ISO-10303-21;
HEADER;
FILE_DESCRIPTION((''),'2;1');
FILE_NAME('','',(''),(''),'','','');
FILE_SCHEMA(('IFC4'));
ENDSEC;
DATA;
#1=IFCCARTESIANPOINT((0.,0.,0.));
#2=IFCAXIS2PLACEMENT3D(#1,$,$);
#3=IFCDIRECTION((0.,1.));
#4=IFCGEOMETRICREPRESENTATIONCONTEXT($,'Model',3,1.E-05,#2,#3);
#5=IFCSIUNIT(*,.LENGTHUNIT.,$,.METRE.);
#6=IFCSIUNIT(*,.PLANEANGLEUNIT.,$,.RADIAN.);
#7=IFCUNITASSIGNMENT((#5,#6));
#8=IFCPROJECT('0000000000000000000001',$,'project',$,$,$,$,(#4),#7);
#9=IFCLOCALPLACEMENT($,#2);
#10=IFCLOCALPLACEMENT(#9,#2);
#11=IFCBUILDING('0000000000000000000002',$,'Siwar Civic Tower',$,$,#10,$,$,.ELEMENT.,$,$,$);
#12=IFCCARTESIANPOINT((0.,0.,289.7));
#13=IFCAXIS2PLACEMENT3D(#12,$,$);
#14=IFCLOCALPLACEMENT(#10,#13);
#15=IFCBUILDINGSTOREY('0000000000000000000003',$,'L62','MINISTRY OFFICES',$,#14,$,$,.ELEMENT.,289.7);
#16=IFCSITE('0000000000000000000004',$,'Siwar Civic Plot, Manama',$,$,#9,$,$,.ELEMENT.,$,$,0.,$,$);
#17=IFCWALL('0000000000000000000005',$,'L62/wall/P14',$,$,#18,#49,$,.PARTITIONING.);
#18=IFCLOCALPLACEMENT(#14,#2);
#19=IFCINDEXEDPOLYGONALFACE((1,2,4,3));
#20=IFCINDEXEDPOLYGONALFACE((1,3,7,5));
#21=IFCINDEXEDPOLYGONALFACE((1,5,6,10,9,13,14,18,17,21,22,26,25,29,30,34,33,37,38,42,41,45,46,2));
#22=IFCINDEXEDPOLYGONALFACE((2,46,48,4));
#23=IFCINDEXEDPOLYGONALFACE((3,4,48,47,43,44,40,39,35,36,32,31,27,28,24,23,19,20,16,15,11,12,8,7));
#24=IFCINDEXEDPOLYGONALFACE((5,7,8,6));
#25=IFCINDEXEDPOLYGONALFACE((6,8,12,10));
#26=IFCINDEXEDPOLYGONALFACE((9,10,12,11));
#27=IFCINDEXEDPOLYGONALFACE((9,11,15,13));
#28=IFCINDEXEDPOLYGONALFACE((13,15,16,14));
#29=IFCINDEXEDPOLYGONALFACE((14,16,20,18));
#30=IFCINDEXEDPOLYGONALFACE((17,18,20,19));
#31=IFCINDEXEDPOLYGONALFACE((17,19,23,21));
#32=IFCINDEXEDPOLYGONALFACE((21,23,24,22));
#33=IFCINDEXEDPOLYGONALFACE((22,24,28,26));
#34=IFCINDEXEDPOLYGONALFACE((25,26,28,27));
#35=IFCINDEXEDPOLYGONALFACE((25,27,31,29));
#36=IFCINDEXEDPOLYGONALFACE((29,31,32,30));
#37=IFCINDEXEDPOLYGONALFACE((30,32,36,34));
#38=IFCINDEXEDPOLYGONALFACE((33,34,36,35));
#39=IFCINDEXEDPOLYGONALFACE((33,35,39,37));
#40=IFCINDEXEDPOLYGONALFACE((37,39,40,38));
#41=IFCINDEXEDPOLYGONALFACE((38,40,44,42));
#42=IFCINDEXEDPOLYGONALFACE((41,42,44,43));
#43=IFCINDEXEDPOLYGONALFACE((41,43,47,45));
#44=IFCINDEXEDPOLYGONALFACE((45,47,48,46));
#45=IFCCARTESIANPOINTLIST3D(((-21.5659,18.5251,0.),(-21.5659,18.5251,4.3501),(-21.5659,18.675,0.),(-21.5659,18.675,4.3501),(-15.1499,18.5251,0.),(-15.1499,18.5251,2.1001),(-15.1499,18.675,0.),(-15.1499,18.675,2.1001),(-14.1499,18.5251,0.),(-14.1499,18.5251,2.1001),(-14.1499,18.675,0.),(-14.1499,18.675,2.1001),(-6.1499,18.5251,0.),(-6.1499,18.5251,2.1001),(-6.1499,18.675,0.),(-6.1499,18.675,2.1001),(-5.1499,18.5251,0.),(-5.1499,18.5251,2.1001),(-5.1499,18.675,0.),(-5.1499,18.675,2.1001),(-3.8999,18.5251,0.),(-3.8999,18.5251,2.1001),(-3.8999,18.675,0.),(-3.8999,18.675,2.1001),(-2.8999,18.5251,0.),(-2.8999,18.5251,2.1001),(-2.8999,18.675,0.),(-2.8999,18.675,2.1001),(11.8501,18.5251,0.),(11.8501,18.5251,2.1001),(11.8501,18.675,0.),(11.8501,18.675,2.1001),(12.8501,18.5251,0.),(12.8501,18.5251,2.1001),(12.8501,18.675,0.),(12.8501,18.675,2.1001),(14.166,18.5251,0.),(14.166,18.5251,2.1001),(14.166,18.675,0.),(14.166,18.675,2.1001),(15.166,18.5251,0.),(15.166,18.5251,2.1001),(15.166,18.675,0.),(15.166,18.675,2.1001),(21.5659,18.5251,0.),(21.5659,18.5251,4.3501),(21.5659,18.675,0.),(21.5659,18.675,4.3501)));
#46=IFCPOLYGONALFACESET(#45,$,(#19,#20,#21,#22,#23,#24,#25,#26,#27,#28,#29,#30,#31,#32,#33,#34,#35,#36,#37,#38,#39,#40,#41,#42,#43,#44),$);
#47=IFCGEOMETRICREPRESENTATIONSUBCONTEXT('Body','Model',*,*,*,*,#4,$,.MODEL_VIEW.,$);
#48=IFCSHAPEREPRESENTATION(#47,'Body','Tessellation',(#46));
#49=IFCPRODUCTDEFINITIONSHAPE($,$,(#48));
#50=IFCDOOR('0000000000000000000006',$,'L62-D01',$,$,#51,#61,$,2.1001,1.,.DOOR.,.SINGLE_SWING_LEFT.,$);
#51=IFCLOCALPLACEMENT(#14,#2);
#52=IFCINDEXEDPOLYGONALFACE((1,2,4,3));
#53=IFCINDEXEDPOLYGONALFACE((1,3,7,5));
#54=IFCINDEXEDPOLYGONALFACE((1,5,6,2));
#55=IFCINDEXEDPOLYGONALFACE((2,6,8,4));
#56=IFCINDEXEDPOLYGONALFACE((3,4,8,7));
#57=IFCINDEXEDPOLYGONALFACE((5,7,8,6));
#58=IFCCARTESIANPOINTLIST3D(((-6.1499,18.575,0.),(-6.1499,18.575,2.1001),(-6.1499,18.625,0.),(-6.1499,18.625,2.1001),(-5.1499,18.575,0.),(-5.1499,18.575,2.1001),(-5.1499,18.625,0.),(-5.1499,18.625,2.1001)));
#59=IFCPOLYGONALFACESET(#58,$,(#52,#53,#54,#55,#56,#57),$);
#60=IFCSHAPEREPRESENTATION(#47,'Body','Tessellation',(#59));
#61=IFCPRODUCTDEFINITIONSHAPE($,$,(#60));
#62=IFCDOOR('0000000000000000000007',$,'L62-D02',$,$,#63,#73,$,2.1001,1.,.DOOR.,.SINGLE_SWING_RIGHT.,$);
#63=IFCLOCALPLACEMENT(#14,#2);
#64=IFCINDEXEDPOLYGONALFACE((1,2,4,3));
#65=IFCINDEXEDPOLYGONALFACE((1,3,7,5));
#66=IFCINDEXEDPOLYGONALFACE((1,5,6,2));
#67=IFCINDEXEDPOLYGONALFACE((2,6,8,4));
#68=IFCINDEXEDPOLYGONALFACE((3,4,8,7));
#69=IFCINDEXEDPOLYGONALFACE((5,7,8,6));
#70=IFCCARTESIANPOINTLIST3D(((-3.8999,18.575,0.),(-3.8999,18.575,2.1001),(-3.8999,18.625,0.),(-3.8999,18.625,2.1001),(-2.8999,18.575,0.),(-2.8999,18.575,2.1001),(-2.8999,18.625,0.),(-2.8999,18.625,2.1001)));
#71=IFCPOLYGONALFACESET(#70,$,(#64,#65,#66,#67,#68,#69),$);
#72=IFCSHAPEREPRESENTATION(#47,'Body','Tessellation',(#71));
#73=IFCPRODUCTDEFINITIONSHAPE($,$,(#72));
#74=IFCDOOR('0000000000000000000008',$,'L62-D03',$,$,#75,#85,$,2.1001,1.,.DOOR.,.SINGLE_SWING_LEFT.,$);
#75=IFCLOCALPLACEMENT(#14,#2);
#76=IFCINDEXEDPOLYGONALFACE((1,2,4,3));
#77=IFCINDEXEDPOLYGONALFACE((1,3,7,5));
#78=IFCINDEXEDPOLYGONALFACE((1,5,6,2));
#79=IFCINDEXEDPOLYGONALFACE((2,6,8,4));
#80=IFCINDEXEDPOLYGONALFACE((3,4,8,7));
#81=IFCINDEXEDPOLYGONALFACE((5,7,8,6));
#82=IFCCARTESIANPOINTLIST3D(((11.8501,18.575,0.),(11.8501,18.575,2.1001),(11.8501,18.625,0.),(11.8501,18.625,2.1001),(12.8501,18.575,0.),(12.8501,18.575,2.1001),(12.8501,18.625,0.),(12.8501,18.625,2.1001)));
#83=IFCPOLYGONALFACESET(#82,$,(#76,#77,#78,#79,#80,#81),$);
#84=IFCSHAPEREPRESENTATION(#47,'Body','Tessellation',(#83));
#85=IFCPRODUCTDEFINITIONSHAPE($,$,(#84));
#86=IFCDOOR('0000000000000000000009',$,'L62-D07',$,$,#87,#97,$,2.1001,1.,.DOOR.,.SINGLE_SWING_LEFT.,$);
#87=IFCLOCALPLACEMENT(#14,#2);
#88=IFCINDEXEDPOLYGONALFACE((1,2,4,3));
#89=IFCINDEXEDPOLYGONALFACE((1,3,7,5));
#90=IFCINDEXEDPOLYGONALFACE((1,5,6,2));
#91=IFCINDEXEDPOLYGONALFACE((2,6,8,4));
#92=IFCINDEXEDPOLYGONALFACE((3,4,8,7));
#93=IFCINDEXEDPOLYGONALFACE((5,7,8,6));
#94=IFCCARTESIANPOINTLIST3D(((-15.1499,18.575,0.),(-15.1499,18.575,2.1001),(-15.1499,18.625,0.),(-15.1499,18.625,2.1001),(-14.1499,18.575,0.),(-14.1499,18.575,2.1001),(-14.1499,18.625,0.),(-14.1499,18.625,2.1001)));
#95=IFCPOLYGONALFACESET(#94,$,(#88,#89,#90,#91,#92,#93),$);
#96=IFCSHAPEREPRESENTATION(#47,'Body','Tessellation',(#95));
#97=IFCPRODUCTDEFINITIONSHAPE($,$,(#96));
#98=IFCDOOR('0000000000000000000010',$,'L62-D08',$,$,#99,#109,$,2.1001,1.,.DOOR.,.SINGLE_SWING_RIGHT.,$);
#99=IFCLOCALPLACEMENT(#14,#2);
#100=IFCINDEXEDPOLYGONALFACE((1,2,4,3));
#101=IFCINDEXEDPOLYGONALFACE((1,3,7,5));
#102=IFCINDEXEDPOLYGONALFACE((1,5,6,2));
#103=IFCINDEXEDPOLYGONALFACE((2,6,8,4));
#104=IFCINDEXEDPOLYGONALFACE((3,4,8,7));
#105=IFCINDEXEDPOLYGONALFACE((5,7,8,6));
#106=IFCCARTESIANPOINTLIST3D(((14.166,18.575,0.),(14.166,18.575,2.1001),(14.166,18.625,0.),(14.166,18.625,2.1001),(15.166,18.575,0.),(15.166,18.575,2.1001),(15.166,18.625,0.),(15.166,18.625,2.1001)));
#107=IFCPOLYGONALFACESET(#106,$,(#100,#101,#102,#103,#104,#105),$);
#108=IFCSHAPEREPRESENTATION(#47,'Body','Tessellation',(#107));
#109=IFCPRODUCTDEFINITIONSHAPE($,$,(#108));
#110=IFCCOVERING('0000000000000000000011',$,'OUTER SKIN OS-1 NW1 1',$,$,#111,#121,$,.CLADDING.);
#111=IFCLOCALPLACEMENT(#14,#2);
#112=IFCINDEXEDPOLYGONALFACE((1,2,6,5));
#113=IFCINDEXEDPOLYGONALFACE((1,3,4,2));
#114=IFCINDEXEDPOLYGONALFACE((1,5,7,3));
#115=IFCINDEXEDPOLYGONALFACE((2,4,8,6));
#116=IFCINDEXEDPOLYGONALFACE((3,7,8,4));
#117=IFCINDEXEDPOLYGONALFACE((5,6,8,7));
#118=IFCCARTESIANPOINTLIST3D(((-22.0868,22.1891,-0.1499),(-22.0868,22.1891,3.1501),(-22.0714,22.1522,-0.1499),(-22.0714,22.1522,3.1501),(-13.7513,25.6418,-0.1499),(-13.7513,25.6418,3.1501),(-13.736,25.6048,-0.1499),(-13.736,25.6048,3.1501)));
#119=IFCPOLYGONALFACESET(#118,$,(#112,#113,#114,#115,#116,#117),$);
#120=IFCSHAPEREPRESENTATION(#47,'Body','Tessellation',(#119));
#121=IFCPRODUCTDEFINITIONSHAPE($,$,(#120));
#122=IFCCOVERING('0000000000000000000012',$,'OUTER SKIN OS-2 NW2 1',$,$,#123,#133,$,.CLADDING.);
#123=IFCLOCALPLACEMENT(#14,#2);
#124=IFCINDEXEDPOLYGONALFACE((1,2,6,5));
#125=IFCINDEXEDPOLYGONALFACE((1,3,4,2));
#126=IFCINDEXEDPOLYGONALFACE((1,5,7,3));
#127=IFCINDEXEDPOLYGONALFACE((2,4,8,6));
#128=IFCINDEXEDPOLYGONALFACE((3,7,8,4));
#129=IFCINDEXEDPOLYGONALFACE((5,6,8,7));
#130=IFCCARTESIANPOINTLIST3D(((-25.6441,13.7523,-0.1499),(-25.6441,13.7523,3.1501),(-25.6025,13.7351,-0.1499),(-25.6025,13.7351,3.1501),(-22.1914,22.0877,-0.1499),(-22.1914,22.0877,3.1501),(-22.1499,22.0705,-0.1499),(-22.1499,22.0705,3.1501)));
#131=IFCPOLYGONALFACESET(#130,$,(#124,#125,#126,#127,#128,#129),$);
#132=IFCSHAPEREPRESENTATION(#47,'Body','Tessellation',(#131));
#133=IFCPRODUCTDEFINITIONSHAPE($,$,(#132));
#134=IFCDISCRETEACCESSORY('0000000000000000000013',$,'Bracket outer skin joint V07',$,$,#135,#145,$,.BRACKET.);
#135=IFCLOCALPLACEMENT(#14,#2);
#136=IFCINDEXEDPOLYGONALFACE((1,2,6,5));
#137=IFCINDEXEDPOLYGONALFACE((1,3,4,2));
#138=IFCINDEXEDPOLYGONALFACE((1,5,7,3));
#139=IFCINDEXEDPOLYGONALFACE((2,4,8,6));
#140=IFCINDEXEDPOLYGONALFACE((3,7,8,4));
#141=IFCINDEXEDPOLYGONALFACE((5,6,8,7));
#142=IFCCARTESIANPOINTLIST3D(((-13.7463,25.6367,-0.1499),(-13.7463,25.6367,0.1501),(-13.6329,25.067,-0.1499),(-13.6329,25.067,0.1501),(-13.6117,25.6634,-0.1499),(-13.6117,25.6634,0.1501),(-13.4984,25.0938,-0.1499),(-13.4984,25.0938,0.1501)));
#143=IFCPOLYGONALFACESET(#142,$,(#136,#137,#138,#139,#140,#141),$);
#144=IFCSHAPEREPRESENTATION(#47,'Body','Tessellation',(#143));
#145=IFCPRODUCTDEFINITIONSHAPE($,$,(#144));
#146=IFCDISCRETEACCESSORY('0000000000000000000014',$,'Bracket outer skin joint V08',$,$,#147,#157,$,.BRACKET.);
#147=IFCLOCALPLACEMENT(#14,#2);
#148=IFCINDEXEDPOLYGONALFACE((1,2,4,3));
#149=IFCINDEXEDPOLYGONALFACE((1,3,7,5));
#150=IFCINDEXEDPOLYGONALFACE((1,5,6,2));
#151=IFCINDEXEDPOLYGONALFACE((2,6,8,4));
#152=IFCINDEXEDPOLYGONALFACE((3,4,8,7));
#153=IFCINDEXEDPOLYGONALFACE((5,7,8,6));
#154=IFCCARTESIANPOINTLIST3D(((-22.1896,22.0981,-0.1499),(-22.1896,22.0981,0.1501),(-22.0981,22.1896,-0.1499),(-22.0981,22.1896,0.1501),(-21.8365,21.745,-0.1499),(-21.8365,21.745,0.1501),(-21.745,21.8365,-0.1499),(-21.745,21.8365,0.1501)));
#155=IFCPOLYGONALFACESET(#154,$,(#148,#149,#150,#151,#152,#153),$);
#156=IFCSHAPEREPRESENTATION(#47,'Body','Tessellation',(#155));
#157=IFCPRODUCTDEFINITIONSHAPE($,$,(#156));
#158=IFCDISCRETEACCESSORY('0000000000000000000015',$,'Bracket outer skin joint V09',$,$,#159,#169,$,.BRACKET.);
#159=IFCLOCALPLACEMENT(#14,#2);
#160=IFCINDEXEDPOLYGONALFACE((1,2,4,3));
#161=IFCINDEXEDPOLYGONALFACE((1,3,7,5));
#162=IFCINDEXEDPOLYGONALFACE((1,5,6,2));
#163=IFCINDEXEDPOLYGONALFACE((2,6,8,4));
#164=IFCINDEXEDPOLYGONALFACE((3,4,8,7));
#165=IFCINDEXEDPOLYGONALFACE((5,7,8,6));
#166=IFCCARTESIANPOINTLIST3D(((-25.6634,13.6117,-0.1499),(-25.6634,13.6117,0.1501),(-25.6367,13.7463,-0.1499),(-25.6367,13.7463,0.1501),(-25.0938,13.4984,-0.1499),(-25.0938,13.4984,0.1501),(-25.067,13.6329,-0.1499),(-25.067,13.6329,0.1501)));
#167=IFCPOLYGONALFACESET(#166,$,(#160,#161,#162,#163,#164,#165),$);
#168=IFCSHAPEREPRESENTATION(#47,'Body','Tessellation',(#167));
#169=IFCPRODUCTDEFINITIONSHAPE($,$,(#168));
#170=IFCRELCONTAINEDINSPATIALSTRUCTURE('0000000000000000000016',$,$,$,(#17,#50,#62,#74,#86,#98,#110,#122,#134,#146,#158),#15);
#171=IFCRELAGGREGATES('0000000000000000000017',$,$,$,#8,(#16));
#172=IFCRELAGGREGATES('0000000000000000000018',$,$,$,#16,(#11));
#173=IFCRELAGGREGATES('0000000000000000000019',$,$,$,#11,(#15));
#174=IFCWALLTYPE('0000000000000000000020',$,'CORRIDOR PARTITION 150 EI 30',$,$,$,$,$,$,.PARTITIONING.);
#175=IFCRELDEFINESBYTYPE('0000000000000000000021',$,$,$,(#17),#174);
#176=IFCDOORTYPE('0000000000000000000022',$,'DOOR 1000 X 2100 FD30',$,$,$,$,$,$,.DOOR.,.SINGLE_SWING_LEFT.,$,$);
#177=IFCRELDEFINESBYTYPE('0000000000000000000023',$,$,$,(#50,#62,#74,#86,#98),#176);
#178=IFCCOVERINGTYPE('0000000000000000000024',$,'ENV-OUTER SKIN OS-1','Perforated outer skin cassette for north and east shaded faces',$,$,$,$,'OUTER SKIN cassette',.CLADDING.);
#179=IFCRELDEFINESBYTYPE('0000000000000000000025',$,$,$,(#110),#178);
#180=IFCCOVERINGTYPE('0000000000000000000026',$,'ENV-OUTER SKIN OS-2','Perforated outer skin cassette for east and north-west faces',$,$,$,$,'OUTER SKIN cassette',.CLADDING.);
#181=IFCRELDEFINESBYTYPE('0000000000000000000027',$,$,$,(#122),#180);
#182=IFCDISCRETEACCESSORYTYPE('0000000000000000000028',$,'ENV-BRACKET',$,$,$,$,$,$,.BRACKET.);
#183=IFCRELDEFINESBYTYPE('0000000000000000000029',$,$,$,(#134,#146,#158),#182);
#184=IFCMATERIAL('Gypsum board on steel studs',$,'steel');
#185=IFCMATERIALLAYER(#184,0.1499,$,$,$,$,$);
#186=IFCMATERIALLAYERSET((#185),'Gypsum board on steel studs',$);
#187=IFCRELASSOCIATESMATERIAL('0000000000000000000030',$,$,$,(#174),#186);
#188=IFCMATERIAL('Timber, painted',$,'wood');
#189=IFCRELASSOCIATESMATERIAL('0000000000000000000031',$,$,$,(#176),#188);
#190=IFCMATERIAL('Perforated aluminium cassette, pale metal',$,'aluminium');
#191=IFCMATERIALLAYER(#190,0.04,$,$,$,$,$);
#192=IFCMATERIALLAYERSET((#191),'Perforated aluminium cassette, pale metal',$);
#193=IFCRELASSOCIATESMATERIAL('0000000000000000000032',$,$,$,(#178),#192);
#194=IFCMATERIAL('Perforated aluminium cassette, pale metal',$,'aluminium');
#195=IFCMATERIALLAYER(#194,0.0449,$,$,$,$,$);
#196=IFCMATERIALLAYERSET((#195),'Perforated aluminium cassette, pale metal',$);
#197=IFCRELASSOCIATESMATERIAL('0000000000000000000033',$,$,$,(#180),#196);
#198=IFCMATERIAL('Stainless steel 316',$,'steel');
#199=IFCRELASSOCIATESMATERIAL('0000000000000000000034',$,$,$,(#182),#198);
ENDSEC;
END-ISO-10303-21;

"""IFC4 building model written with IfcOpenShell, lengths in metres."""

from ifc_helpers import new_model, si_unit, direction, frame, frame_2d, origin, origin_2d, place, context, subcontext, project, spatial, rectangle, extrude, material, layer, layer_set, type_object, element, fill, save


model = new_model("IFC4")

# Units and contexts
model_context = context("Model", 3, precision=1e-05, world=origin(), true_north=direction((0.0, 1.0)))
body_context = subcontext(model_context, "Body", "Model", "MODEL_VIEW")
ifc_project = project(units=[si_unit("LENGTHUNIT", "METRE"), si_unit("PLANEANGLEUNIT", "RADIAN")], contexts=[model_context])

# Site, building, storey
site_placement = place(None, origin())
site = spatial("IfcSite", under=ifc_project, at=site_placement, Name="Siwar Civic Plot, Manama", CompositionType="ELEMENT", RefElevation=0.0)
building_placement = place(site_placement, origin())
building = spatial("IfcBuilding", under=site, at=building_placement, Name="Siwar Civic Tower", CompositionType="ELEMENT")
storey_placement = place(building_placement, frame((0.0, 0.0, 289.7)))
storey = spatial("IfcBuildingStorey", under=building, at=storey_placement, Name="L62", Description="MINISTRY OFFICES", CompositionType="ELEMENT", Elevation=289.7)

# Shared definitions
ifc_material_1 = material(Name="Gypsum board on steel studs", Category="steel")
ifc_layer_1 = layer(ifc_material_1, 0.1499)
ifc_layer_set_1 = layer_set([ifc_layer_1], Name="Gypsum board on steel studs")
wall_type = type_object("IfcWallType", Name="CORRIDOR PARTITION 150 EI 30", PredefinedType="PARTITIONING", material=ifc_layer_set_1)

# Wall, openings, doors
ifc_material_2 = material(Name="Timber, painted", Category="wood")
door_type = type_object("IfcDoorType", Name="DOOR 1000 X 2100 FD30", OperationType="SINGLE_SWING_LEFT", PredefinedType="DOOR", material=ifc_material_2)
wall_1_placement = place(storey_placement, frame((-21.5659, 18.6001, 0.0), z_axis=(0.0, 0.0, 1.0), x_axis=(1.0, 0.0, 0.0)))
wall_1 = element("IfcWall", 1, at=wall_1_placement, inside=storey, type_object=wall_type, Name="L62/wall/P14", PredefinedType="PARTITIONING", context=body_context, shape_type="SweptSolid", body=[
    extrude(rectangle(XDim=43.1318, YDim=0.1499, at=frame_2d((21.5659, 0.0))), origin(), (0.0, 0.0, 1.0), 4.3501),
])
opening_1_placement = place(wall_1_placement, frame((15.416, 0.0, 0.0)))
opening_1 = element("IfcOpeningElement", 2, at=opening_1_placement, cuts=wall_1, PredefinedType="OPENING", context=body_context, shape_type="SweptSolid", body=[
    extrude(rectangle(XDim=1.0, YDim=2.1001, at=frame_2d((0.5, 1.05))), frame((0.0, 0.085, 0.0), z_axis=(0.0, -1.0, 0.0), x_axis=(1.0, 0.0, 0.0)), (0.0, 0.0, 1.0), 0.1699),
])
opening_2_placement = place(wall_1_placement, frame((17.666, 0.0, 0.0)))
opening_2 = element("IfcOpeningElement", 3, at=opening_2_placement, cuts=wall_1, PredefinedType="OPENING", context=body_context, shape_type="SweptSolid", body=[
    extrude(rectangle(XDim=1.0, YDim=2.1001, at=frame_2d((0.5, 1.05))), frame((0.0, 0.085, 0.0), z_axis=(0.0, -1.0, 0.0), x_axis=(1.0, 0.0, 0.0)), (0.0, 0.0, 1.0), 0.1699),
])
opening_3_placement = place(wall_1_placement, frame((33.416, 0.0, 0.0)))
opening_3 = element("IfcOpeningElement", 4, at=opening_3_placement, cuts=wall_1, PredefinedType="OPENING", context=body_context, shape_type="SweptSolid", body=[
    extrude(rectangle(XDim=1.0, YDim=2.1001, at=frame_2d((0.5, 1.05))), frame((0.0, 0.085, 0.0), z_axis=(0.0, -1.0, 0.0), x_axis=(1.0, 0.0, 0.0)), (0.0, 0.0, 1.0), 0.1699),
])
opening_4_placement = place(wall_1_placement, frame((6.416, 0.0, 0.0)))
opening_4 = element("IfcOpeningElement", 5, at=opening_4_placement, cuts=wall_1, PredefinedType="OPENING", context=body_context, shape_type="SweptSolid", body=[
    extrude(rectangle(XDim=1.0, YDim=2.1001, at=frame_2d((0.5, 1.05))), frame((0.0, 0.085, 0.0), z_axis=(0.0, -1.0, 0.0), x_axis=(1.0, 0.0, 0.0)), (0.0, 0.0, 1.0), 0.1699),
])
opening_5_placement = place(wall_1_placement, frame((35.7319, 0.0, 0.0)))
opening_5 = element("IfcOpeningElement", 6, at=opening_5_placement, cuts=wall_1, PredefinedType="OPENING", context=body_context, shape_type="SweptSolid", body=[
    extrude(rectangle(XDim=1.0, YDim=2.1001, at=frame_2d((0.5, 1.05))), frame((0.0, 0.085, 0.0), z_axis=(0.0, -1.0, 0.0), x_axis=(1.0, 0.0, 0.0)), (0.0, 0.0, 1.0), 0.1699),
])
door_1_placement = place(opening_1_placement, origin())
door_1 = element("IfcDoor", 7, at=door_1_placement, inside=storey, type_object=door_type, Name="L62-D01", OperationType="SINGLE_SWING_LEFT", OverallHeight=2.1001, OverallWidth=1.0, PredefinedType="DOOR", context=body_context, shape_type="SweptSolid", body=[
    extrude(rectangle(XDim=1.0, YDim=2.1001, at=frame_2d((0.5, 1.05))), frame((0.0, 0.0249, 0.0), z_axis=(0.0, -1.0, 0.0), x_axis=(1.0, 0.0, 0.0)), (0.0, 0.0, 1.0), 0.05),
])
fill(opening_1, door_1)
door_2_placement = place(opening_2_placement, origin())
door_2 = element("IfcDoor", 8, at=door_2_placement, inside=storey, type_object=door_type, Name="L62-D02", OperationType="SINGLE_SWING_RIGHT", OverallHeight=2.1001, OverallWidth=1.0, PredefinedType="DOOR", context=body_context, shape_type="SweptSolid", body=[
    extrude(rectangle(XDim=1.0, YDim=2.1001, at=frame_2d((0.5, 1.05))), frame((0.0, 0.0249, 0.0), z_axis=(0.0, -1.0, 0.0), x_axis=(1.0, 0.0, 0.0)), (0.0, 0.0, 1.0), 0.05),
])
fill(opening_2, door_2)
door_3_placement = place(opening_3_placement, origin())
door_3 = element("IfcDoor", 9, at=door_3_placement, inside=storey, type_object=door_type, Name="L62-D03", OperationType="SINGLE_SWING_LEFT", OverallHeight=2.1001, OverallWidth=1.0, PredefinedType="DOOR", context=body_context, shape_type="SweptSolid", body=[
    extrude(rectangle(XDim=1.0, YDim=2.1001, at=frame_2d((0.5, 1.05))), frame((0.0, 0.0249, 0.0), z_axis=(0.0, -1.0, 0.0), x_axis=(1.0, 0.0, 0.0)), (0.0, 0.0, 1.0), 0.05),
])
fill(opening_3, door_3)
door_4_placement = place(opening_4_placement, origin())
door_4 = element("IfcDoor", 10, at=door_4_placement, inside=storey, type_object=door_type, Name="L62-D07", OperationType="SINGLE_SWING_LEFT", OverallHeight=2.1001, OverallWidth=1.0, PredefinedType="DOOR", context=body_context, shape_type="SweptSolid", body=[
    extrude(rectangle(XDim=1.0, YDim=2.1001, at=frame_2d((0.5, 1.05))), frame((0.0, 0.0249, 0.0), z_axis=(0.0, -1.0, 0.0), x_axis=(1.0, 0.0, 0.0)), (0.0, 0.0, 1.0), 0.05),
])
fill(opening_4, door_4)
door_5_placement = place(opening_5_placement, origin())
door_5 = element("IfcDoor", 11, at=door_5_placement, inside=storey, type_object=door_type, Name="L62-D08", OperationType="SINGLE_SWING_RIGHT", OverallHeight=2.1001, OverallWidth=1.0, PredefinedType="DOOR", context=body_context, shape_type="SweptSolid", body=[
    extrude(rectangle(XDim=1.0, YDim=2.1001, at=frame_2d((0.5, 1.05))), frame((0.0, 0.0249, 0.0), z_axis=(0.0, -1.0, 0.0), x_axis=(1.0, 0.0, 0.0)), (0.0, 0.0, 1.0), 0.05),
])
fill(opening_5, door_5)

# Coverings
ifc_material_3 = material(Name="Perforated aluminium cassette, pale metal", Category="aluminium")
ifc_layer_2 = layer(ifc_material_3, 0.04)
ifc_layer_set_2 = layer_set([ifc_layer_2], Name="Perforated aluminium cassette, pale metal")
covering_type_1 = type_object("IfcCoveringType", Name="ENV-OUTER SKIN OS-1", Description="Perforated outer skin cassette for north and east shaded faces", ElementType="OUTER SKIN cassette", PredefinedType="CLADDING", material=ifc_layer_set_2)
covering_1_placement = place(storey_placement, frame((-17.9114, 23.897, -0.1499), z_axis=(0.0, 0.0, 1.0), x_axis=(-0.92388, -0.382683, 0.0)))
element("IfcCovering", 12, at=covering_1_placement, inside=storey, type_object=covering_type_1, Name="OUTER SKIN OS-1 NW1 1", PredefinedType="CLADDING", context=body_context, shape_type="SweptSolid", body=[
    extrude(rectangle(XDim=9.0222, YDim=0.04, at=origin_2d()), origin(), (0.0, 0.0, 1.0), 3.3),
])
ifc_material_4 = material(Name="Perforated aluminium cassette, pale metal", Category="aluminium")
ifc_layer_3 = layer(ifc_material_4, 0.0449)
ifc_layer_set_3 = layer_set([ifc_layer_3], Name="Perforated aluminium cassette, pale metal")
covering_type_2 = type_object("IfcCoveringType", Name="ENV-OUTER SKIN OS-2", Description="Perforated outer skin cassette for east and north-west faces", ElementType="OUTER SKIN cassette", PredefinedType="CLADDING", material=ifc_layer_set_3)
covering_2_placement = place(storey_placement, frame((-23.897, 17.9114, -0.1499), z_axis=(0.0, 0.0, 1.0), x_axis=(-0.382683, -0.92388, 0.0)))
element("IfcCovering", 13, at=covering_2_placement, inside=storey, type_object=covering_type_2, Name="OUTER SKIN OS-2 NW2 1", PredefinedType="CLADDING", context=body_context, shape_type="SweptSolid", body=[
    extrude(rectangle(XDim=9.0222, YDim=0.0449, at=origin_2d()), origin(), (0.0, 0.0, 1.0), 3.3),
])

# Discrete accessories
ifc_material_5 = material(Name="Stainless steel 316", Category="steel")
discrete_accessory_type = type_object("IfcDiscreteAccessoryType", Name="ENV-BRACKET", PredefinedType="BRACKET", material=ifc_material_5)
discrete_accessory_1_placement = place(storey_placement, frame((-13.6223, 25.3652, -0.1499), z_axis=(0.0, 0.0, 1.0), x_axis=(-0.19509, 0.980785, 0.0)))
element("IfcDiscreteAccessory", 14, at=discrete_accessory_1_placement, inside=storey, type_object=discrete_accessory_type, Name="Bracket outer skin joint V07", PredefinedType="BRACKET", context=body_context, shape_type="SweptSolid", body=[
    extrude(rectangle(XDim=0.5808, YDim=0.1372, at=origin_2d()), origin(), (0.0, 0.0, 1.0), 0.3),
])
discrete_accessory_2_placement = place(storey_placement, frame((-21.9673, 21.9673, -0.1499), z_axis=(0.0, 0.0, 1.0), x_axis=(-0.707107, 0.707107, 0.0)))
element("IfcDiscreteAccessory", 15, at=discrete_accessory_2_placement, inside=storey, type_object=discrete_accessory_type, Name="Bracket outer skin joint V08", PredefinedType="BRACKET", context=body_context, shape_type="SweptSolid", body=[
    extrude(rectangle(XDim=0.4993, YDim=0.1294, at=origin_2d()), origin(), (0.0, 0.0, 1.0), 0.3),
])
discrete_accessory_3_placement = place(storey_placement, frame((-25.3652, 13.6223, -0.1499), z_axis=(0.0, 0.0, 1.0), x_axis=(-0.980785, 0.19509, 0.0)))
element("IfcDiscreteAccessory", 16, at=discrete_accessory_3_placement, inside=storey, type_object=discrete_accessory_type, Name="Bracket outer skin joint V09", PredefinedType="BRACKET", context=body_context, shape_type="SweptSolid", body=[
    extrude(rectangle(XDim=0.5808, YDim=0.1372, at=origin_2d()), origin(), (0.0, 0.0, 1.0), 0.3),
])

save(model, "model.ifc")
